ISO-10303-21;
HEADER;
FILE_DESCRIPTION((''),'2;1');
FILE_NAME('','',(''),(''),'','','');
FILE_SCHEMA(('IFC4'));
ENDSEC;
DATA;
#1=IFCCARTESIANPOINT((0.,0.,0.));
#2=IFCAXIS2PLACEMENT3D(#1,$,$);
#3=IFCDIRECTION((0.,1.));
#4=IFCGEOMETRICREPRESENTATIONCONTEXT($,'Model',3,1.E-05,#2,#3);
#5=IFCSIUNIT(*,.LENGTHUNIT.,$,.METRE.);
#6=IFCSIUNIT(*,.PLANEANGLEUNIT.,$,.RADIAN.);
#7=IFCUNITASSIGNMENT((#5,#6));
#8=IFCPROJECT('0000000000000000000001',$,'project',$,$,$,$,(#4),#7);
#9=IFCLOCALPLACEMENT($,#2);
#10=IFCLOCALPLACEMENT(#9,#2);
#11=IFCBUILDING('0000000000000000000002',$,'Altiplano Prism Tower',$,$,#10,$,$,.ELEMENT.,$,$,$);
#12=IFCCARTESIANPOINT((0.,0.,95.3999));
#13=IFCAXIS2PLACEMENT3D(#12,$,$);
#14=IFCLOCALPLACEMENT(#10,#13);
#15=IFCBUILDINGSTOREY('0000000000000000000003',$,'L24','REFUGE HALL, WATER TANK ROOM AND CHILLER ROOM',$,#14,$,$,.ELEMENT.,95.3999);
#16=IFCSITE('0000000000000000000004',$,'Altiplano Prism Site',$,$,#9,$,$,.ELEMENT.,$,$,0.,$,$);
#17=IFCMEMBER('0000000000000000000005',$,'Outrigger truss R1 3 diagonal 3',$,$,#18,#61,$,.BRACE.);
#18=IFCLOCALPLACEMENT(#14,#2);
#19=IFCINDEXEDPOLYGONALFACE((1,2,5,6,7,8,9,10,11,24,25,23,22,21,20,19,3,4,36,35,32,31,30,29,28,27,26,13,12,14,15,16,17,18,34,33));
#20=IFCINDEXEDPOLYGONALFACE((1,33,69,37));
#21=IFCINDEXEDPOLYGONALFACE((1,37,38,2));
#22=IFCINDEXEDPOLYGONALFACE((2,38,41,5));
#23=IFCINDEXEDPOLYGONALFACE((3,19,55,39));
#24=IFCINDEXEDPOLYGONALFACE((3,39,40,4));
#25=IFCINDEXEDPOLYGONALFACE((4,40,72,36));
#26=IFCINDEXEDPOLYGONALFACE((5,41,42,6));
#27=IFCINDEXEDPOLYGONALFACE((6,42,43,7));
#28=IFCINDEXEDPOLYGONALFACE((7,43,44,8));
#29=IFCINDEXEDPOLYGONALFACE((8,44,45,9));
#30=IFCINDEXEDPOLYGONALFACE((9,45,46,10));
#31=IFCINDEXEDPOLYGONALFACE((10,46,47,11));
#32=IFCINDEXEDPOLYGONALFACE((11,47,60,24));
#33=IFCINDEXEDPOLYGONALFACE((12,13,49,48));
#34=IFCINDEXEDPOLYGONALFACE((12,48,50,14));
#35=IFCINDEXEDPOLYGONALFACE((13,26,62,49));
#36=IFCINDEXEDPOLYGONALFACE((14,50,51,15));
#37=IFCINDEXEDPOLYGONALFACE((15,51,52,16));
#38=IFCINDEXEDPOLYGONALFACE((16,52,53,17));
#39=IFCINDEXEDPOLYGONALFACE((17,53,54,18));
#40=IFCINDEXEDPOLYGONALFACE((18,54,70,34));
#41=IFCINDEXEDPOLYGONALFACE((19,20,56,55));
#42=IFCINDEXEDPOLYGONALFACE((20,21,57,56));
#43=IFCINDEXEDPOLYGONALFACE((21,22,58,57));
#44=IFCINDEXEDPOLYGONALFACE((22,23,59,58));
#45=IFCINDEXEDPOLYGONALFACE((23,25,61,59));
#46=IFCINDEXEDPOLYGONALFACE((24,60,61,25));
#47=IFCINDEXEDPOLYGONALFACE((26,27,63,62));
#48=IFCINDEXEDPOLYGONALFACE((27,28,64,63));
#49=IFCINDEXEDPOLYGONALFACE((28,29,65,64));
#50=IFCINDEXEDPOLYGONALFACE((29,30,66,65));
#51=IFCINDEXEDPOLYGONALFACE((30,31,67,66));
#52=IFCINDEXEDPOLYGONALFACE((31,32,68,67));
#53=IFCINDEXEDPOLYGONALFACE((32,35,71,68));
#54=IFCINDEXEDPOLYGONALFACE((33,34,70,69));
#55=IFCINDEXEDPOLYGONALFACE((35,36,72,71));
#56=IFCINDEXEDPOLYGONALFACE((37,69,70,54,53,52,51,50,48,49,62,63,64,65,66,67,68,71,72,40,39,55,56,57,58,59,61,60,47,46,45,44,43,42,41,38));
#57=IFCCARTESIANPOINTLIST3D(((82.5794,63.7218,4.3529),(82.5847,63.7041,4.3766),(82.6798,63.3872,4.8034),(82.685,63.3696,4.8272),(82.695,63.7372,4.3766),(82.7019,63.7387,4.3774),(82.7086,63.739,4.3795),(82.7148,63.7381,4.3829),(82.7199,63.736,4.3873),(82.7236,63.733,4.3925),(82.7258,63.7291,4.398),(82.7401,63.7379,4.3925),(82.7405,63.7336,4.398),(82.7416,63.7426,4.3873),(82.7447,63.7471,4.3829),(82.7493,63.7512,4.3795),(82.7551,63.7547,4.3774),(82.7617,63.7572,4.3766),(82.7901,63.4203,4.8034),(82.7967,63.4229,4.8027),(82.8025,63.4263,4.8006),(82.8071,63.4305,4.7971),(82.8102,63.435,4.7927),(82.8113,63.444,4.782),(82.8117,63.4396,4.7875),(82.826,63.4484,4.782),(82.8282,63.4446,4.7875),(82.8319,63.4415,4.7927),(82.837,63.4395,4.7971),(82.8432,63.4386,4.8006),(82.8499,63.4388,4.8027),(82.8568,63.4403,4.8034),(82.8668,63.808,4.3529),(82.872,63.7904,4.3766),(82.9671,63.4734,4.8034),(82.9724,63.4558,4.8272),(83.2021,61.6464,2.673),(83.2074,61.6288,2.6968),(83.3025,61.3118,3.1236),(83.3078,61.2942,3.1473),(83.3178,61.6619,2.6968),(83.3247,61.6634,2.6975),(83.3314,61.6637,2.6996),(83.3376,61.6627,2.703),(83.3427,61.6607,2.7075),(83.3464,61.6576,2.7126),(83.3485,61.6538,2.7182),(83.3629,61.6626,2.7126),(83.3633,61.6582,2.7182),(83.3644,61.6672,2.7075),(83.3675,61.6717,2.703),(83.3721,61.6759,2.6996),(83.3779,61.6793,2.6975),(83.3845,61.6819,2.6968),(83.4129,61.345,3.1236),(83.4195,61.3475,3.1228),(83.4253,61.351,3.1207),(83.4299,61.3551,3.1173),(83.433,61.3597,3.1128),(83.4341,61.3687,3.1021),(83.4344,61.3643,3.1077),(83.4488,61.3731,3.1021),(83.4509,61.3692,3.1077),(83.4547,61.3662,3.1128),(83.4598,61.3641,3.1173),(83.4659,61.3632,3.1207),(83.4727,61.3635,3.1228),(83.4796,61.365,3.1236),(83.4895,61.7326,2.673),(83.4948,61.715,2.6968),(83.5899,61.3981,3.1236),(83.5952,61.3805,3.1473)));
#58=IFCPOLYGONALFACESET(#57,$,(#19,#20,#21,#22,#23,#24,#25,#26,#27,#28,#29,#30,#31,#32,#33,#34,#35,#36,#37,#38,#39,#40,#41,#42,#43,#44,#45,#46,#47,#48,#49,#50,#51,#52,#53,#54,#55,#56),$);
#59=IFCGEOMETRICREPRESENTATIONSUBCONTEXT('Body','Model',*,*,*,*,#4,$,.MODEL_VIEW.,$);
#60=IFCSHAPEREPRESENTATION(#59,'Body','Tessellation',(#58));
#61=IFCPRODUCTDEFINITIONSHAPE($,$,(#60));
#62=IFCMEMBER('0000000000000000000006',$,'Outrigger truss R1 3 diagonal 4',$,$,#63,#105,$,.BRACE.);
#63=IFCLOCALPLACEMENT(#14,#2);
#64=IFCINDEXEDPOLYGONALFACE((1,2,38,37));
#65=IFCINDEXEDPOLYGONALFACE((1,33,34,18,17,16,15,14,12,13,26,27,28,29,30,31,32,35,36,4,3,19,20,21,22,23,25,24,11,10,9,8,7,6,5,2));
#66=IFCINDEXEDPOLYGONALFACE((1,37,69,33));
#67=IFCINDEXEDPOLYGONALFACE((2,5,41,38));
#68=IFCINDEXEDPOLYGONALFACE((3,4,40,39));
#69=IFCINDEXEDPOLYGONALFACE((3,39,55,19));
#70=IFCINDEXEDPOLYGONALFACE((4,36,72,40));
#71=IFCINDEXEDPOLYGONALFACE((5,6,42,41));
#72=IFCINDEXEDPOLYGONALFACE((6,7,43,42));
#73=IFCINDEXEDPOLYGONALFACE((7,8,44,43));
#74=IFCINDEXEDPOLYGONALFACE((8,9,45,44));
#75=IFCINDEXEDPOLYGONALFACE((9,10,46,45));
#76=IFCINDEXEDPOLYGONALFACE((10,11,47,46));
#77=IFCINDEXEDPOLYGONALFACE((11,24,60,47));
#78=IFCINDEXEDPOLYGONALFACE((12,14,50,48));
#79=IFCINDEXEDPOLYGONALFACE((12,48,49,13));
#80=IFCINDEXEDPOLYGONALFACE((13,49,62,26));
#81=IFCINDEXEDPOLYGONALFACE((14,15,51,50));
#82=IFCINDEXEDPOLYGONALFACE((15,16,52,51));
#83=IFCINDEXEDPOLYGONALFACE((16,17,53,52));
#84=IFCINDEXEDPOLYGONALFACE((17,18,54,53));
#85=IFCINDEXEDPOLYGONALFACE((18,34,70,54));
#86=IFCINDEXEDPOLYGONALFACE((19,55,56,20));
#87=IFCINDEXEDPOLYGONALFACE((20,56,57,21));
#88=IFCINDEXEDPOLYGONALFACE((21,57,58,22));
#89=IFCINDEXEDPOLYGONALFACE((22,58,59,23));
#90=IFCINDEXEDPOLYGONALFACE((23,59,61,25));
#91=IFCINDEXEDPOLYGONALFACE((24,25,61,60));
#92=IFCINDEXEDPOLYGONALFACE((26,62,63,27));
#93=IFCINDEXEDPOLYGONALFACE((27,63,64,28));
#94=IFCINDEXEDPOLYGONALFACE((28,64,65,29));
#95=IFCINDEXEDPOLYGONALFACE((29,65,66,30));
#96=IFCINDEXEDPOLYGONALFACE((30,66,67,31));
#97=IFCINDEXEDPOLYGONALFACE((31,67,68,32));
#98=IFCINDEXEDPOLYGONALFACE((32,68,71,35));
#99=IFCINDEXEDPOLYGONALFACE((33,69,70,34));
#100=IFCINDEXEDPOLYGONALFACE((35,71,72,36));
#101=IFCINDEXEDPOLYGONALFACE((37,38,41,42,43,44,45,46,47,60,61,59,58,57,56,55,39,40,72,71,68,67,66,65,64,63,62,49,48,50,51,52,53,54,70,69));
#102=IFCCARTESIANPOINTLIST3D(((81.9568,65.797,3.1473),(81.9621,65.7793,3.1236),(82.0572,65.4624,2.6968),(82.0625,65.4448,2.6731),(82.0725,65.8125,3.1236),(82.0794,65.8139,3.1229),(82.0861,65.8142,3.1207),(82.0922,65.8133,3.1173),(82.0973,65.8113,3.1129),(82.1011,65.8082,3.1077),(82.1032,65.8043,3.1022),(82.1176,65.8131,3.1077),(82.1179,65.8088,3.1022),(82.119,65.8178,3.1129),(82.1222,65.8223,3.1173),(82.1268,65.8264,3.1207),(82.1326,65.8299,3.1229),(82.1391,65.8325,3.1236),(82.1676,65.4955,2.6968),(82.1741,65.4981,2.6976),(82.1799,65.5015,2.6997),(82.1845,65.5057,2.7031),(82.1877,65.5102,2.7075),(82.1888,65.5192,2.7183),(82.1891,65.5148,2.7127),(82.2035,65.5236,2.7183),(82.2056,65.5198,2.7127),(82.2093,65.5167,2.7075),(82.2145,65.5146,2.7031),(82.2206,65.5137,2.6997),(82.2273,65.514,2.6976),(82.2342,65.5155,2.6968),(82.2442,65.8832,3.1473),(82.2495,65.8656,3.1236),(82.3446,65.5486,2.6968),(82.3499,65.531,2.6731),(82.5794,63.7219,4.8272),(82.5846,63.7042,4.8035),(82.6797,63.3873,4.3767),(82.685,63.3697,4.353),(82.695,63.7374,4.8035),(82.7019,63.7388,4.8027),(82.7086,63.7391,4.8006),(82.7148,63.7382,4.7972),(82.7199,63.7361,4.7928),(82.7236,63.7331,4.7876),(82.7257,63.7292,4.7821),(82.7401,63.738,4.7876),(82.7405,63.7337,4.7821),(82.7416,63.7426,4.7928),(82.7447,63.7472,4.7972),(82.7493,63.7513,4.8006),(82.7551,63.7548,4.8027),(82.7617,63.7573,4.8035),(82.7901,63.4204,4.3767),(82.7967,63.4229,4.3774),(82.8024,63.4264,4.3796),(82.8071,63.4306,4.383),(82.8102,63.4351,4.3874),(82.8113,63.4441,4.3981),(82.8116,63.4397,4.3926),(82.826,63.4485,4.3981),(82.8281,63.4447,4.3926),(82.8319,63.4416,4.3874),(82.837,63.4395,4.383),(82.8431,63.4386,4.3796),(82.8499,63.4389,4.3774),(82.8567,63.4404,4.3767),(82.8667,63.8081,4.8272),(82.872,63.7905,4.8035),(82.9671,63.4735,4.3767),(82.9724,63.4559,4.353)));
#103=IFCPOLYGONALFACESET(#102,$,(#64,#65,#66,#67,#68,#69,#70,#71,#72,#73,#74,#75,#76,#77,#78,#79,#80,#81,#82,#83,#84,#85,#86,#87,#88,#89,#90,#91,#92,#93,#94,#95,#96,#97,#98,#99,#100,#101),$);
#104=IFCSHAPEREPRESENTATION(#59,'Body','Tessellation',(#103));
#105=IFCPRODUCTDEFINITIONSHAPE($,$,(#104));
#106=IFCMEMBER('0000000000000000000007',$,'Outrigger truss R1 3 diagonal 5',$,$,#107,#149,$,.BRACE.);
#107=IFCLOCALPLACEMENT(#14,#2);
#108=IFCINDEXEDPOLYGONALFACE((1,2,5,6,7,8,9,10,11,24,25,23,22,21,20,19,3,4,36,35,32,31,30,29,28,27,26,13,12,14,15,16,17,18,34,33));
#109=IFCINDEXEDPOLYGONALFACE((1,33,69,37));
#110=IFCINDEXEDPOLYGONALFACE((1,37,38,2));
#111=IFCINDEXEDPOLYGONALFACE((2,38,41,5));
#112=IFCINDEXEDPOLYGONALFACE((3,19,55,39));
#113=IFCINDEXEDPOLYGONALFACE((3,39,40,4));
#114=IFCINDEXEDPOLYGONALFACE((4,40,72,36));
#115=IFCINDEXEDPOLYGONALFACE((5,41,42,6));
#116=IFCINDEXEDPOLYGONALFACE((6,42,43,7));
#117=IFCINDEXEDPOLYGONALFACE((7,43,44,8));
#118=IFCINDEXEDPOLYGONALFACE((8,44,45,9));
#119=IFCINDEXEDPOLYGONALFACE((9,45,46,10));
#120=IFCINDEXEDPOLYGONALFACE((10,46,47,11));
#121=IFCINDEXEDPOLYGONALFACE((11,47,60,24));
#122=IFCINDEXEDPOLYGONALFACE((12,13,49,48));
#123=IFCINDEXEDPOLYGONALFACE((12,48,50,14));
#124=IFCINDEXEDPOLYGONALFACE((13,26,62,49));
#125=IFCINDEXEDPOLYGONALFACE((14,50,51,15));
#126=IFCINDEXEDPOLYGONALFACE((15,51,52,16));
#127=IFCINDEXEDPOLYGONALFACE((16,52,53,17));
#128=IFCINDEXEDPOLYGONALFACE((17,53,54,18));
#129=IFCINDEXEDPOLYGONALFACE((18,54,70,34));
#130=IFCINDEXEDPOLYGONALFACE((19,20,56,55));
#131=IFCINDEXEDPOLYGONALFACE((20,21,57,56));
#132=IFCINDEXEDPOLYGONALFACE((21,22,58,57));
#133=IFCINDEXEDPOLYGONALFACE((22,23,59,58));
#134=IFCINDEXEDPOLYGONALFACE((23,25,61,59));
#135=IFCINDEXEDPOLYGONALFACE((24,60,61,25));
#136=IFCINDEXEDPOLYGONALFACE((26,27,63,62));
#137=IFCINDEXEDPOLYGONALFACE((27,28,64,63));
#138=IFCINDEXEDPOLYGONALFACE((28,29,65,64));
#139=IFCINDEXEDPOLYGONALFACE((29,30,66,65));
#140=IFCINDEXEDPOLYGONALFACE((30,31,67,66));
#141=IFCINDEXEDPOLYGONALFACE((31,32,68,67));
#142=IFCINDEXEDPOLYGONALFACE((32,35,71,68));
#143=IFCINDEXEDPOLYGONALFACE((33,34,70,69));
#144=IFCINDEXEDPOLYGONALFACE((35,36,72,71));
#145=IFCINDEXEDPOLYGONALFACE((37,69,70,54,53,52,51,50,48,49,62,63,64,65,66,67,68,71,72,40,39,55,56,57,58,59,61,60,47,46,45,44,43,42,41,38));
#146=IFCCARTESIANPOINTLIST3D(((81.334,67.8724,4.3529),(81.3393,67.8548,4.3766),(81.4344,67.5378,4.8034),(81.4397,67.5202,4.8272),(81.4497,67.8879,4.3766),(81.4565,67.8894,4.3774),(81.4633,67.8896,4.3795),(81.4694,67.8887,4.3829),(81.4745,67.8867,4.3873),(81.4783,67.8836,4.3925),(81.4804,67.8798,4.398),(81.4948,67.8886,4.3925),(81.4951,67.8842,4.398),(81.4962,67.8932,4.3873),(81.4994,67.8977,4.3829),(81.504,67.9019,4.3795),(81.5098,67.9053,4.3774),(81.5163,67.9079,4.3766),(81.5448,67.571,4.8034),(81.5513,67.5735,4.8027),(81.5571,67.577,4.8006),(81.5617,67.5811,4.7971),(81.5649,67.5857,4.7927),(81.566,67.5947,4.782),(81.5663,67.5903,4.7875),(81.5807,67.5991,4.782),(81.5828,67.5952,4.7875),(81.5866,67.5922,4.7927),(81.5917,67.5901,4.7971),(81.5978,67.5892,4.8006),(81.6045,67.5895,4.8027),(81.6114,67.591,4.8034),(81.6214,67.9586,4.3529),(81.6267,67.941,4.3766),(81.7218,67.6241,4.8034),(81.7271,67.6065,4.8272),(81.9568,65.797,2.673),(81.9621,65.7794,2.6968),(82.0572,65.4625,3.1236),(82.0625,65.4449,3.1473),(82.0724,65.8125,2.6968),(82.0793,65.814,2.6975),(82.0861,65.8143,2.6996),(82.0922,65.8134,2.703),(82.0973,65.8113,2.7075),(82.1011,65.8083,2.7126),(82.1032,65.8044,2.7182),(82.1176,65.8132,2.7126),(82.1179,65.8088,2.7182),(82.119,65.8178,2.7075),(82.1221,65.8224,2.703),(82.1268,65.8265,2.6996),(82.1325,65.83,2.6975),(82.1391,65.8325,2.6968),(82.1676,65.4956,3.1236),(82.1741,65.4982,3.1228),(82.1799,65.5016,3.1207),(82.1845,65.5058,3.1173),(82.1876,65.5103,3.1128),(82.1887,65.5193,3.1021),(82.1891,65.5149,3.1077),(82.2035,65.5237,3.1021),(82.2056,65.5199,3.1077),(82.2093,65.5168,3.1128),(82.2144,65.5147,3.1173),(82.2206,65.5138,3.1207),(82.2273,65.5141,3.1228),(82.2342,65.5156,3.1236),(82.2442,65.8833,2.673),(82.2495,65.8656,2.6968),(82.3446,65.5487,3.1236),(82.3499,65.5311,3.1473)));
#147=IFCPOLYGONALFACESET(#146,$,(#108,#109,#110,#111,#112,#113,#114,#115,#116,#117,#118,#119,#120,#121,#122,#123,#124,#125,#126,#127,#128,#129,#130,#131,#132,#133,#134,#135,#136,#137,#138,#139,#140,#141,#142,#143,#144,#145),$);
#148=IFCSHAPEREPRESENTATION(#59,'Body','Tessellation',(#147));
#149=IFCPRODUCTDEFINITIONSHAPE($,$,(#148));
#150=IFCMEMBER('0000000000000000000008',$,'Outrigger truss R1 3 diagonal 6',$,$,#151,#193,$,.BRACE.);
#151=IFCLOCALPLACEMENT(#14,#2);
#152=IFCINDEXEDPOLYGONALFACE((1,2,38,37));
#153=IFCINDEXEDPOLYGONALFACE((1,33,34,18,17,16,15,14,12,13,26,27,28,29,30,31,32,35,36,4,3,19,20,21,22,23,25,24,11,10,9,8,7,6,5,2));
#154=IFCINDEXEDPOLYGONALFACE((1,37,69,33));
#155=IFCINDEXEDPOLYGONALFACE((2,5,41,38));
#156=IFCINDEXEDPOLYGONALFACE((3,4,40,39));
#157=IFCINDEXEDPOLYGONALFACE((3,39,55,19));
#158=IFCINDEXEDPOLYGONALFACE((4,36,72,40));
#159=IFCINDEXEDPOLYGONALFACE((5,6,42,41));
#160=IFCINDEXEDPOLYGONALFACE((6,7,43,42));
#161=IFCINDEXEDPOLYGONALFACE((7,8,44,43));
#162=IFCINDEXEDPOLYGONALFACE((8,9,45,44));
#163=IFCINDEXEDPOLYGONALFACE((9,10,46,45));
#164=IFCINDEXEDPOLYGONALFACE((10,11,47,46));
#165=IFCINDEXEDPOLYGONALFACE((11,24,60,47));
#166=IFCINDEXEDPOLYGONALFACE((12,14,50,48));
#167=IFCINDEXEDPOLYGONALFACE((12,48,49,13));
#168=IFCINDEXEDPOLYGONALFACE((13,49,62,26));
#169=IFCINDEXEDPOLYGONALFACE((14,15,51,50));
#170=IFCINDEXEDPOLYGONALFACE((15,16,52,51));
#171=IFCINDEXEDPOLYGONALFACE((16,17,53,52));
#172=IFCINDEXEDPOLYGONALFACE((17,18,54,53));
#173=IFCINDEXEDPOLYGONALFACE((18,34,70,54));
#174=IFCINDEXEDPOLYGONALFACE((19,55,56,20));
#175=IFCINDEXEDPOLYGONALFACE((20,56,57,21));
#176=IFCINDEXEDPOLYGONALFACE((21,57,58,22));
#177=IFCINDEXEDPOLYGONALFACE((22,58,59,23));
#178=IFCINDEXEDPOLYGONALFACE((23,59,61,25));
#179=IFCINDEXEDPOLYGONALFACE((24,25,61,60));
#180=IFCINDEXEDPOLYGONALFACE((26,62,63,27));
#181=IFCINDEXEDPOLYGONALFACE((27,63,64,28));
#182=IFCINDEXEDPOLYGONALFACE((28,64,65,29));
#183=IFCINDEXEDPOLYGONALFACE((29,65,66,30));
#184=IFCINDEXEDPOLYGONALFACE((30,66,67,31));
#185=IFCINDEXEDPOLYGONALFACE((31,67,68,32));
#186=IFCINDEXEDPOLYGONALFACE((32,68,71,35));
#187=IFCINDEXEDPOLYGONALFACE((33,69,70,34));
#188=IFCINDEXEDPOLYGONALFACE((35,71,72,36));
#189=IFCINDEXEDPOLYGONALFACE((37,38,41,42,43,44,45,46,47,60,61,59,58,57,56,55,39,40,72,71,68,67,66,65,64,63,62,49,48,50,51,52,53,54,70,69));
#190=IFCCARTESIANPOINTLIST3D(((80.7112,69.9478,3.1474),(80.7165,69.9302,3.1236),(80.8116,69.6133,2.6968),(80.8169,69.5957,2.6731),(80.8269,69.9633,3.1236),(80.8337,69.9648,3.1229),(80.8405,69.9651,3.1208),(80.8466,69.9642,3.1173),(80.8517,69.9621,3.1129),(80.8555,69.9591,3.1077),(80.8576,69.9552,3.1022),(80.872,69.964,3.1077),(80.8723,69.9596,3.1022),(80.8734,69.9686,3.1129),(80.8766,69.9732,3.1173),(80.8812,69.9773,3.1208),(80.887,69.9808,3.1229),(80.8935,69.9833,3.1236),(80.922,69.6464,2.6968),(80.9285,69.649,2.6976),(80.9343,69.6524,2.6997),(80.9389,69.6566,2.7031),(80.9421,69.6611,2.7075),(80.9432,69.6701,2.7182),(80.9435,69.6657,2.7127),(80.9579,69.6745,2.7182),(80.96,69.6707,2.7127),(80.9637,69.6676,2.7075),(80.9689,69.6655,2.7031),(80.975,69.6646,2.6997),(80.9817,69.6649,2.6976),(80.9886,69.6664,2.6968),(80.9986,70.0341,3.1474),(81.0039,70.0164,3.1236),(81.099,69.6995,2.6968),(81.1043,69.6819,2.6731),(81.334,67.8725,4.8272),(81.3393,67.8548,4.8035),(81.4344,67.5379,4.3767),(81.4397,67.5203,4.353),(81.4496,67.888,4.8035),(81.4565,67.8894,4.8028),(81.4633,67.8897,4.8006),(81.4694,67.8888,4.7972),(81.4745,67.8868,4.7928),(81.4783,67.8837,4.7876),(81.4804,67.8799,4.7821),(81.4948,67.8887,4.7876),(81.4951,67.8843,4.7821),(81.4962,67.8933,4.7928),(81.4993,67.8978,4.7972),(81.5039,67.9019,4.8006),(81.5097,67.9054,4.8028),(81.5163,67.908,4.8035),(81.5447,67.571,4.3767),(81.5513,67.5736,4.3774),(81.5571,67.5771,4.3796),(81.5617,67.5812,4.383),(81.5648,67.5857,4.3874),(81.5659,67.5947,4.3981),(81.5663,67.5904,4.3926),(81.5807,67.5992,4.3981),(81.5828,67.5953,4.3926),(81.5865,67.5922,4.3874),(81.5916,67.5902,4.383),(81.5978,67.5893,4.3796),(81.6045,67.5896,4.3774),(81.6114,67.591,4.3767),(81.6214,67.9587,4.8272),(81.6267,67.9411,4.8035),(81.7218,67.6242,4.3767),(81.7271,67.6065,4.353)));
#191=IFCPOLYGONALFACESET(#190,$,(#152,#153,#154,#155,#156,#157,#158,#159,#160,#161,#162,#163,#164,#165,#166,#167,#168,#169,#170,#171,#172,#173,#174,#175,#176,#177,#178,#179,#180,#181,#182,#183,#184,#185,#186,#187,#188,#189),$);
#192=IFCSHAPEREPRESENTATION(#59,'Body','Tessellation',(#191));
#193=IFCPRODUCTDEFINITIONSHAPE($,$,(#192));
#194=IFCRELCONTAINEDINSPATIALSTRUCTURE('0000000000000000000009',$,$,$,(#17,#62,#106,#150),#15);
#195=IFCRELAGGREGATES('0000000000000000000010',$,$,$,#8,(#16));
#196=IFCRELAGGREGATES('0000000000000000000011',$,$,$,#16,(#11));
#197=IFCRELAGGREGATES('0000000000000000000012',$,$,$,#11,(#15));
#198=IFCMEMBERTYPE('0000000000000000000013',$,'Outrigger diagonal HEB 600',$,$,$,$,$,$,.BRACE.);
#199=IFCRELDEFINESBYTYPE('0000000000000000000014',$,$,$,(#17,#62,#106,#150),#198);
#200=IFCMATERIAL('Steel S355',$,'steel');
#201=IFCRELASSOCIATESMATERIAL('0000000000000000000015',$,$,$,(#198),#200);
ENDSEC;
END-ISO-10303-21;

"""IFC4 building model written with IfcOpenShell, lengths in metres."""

from ifc_helpers import new_model, si_unit, direction, frame, origin, origin_2d, place, context, subcontext, project, spatial, i_section, extrude, material, material_profile, profile_set, type_object, element, save


model = new_model("IFC4")

# Units and contexts
model_context = context("Model", 3, precision=1e-05, world=origin(), true_north=direction((0.0, 1.0)))
body_context = subcontext(model_context, "Body", "Model", "MODEL_VIEW")
ifc_project = project(units=[si_unit("LENGTHUNIT", "METRE"), si_unit("PLANEANGLEUNIT", "RADIAN")], contexts=[model_context])

# Site, building, storey
site_placement = place(None, origin())
site = spatial("IfcSite", under=ifc_project, at=site_placement, Name="Altiplano Prism Site", CompositionType="ELEMENT", RefElevation=0.0)
building_placement = place(site_placement, origin())
building = spatial("IfcBuilding", under=site, at=building_placement, Name="Altiplano Prism Tower", CompositionType="ELEMENT")
storey_placement = place(building_placement, frame((0.0, 0.0, 95.3999)))
storey = spatial("IfcBuildingStorey", under=building, at=storey_placement, Name="L24", Description="REFUGE HALL, WATER TANK ROOM AND CHILLER ROOM", CompositionType="ELEMENT", Elevation=95.3999)

# Members
ifc_material_1 = material(Name="Steel S355", Category="steel")
ifc_material_profile_1 = material_profile(ifc_material_1, i_section(OverallWidth=0.3, OverallDepth=0.6001, WebThickness=0.0154, FlangeThickness=0.03, FilletRadius=0.0271, at=origin_2d()), Name="Outrigger diagonal HEB 600")
ifc_profile_set_1 = profile_set([ifc_material_profile_1], Name="Steel S355")
member_type_1 = type_object("IfcMemberType", Name="Outrigger diagonal HEB 600", PredefinedType="BRACE", material=ifc_profile_set_1)
member_1_placement = place(storey_placement, frame((83.3987, 61.5134, 2.9102), z_axis=(-0.227151, 0.756961, 0.61271), x_axis=(-0.957805, -0.28742, 0.0)))
element("IfcMember", 1, at=member_1_placement, inside=storey, type_object=member_type_1, Name="Outrigger truss R1 3 diagonal 3", PredefinedType="BRACE", context=body_context, shape_type="SweptSolid", body=[
    extrude(i_section(OverallWidth=0.3, OverallDepth=0.6001, WebThickness=0.0154, FlangeThickness=0.03, FilletRadius=0.0271, at=origin_2d()), origin(), (0.0, 0.0, 1.0), 2.7417),
])
member_2_placement = place(storey_placement, frame((82.7759, 63.5889, 4.5901), z_axis=(-0.227081, 0.756938, -0.612763), x_axis=(-0.957826, -0.287348, 0.0)))
element("IfcMember", 2, at=member_2_placement, inside=storey, type_object=member_type_1, Name="Outrigger truss R1 3 diagonal 4", PredefinedType="BRACE", context=body_context, shape_type="SweptSolid", body=[
    extrude(i_section(OverallWidth=0.3, OverallDepth=0.6001, WebThickness=0.0154, FlangeThickness=0.03, FilletRadius=0.0271, at=origin_2d()), origin(), (0.0, 0.0, 1.0), 2.7415),
])
for number, where, z_axis, x_axis, name in (
    (3, (82.1533, 65.6641, 2.9102), (-0.227151, 0.756961, 0.61271), (-0.957805, -0.28742, 0.0), "Outrigger truss R1 3 diagonal 5"),
    (4, (81.5305, 67.7395, 4.5901), (-0.227151, 0.756961, -0.61271), (-0.957805, -0.28742, 0.0), "Outrigger truss R1 3 diagonal 6"),
):
    element("IfcMember", number, at=place(storey_placement, frame(where, z_axis=z_axis, x_axis=x_axis)), inside=storey, type_object=member_type_1, Name=name, PredefinedType="BRACE", context=body_context, shape_type="SweptSolid", body=[
        extrude(i_section(OverallWidth=0.3, OverallDepth=0.6001, WebThickness=0.0154, FlangeThickness=0.03, FilletRadius=0.0271, at=origin_2d()), origin(), (0.0, 0.0, 1.0), 2.7417),
    ])

save(model, "model.ifc")
